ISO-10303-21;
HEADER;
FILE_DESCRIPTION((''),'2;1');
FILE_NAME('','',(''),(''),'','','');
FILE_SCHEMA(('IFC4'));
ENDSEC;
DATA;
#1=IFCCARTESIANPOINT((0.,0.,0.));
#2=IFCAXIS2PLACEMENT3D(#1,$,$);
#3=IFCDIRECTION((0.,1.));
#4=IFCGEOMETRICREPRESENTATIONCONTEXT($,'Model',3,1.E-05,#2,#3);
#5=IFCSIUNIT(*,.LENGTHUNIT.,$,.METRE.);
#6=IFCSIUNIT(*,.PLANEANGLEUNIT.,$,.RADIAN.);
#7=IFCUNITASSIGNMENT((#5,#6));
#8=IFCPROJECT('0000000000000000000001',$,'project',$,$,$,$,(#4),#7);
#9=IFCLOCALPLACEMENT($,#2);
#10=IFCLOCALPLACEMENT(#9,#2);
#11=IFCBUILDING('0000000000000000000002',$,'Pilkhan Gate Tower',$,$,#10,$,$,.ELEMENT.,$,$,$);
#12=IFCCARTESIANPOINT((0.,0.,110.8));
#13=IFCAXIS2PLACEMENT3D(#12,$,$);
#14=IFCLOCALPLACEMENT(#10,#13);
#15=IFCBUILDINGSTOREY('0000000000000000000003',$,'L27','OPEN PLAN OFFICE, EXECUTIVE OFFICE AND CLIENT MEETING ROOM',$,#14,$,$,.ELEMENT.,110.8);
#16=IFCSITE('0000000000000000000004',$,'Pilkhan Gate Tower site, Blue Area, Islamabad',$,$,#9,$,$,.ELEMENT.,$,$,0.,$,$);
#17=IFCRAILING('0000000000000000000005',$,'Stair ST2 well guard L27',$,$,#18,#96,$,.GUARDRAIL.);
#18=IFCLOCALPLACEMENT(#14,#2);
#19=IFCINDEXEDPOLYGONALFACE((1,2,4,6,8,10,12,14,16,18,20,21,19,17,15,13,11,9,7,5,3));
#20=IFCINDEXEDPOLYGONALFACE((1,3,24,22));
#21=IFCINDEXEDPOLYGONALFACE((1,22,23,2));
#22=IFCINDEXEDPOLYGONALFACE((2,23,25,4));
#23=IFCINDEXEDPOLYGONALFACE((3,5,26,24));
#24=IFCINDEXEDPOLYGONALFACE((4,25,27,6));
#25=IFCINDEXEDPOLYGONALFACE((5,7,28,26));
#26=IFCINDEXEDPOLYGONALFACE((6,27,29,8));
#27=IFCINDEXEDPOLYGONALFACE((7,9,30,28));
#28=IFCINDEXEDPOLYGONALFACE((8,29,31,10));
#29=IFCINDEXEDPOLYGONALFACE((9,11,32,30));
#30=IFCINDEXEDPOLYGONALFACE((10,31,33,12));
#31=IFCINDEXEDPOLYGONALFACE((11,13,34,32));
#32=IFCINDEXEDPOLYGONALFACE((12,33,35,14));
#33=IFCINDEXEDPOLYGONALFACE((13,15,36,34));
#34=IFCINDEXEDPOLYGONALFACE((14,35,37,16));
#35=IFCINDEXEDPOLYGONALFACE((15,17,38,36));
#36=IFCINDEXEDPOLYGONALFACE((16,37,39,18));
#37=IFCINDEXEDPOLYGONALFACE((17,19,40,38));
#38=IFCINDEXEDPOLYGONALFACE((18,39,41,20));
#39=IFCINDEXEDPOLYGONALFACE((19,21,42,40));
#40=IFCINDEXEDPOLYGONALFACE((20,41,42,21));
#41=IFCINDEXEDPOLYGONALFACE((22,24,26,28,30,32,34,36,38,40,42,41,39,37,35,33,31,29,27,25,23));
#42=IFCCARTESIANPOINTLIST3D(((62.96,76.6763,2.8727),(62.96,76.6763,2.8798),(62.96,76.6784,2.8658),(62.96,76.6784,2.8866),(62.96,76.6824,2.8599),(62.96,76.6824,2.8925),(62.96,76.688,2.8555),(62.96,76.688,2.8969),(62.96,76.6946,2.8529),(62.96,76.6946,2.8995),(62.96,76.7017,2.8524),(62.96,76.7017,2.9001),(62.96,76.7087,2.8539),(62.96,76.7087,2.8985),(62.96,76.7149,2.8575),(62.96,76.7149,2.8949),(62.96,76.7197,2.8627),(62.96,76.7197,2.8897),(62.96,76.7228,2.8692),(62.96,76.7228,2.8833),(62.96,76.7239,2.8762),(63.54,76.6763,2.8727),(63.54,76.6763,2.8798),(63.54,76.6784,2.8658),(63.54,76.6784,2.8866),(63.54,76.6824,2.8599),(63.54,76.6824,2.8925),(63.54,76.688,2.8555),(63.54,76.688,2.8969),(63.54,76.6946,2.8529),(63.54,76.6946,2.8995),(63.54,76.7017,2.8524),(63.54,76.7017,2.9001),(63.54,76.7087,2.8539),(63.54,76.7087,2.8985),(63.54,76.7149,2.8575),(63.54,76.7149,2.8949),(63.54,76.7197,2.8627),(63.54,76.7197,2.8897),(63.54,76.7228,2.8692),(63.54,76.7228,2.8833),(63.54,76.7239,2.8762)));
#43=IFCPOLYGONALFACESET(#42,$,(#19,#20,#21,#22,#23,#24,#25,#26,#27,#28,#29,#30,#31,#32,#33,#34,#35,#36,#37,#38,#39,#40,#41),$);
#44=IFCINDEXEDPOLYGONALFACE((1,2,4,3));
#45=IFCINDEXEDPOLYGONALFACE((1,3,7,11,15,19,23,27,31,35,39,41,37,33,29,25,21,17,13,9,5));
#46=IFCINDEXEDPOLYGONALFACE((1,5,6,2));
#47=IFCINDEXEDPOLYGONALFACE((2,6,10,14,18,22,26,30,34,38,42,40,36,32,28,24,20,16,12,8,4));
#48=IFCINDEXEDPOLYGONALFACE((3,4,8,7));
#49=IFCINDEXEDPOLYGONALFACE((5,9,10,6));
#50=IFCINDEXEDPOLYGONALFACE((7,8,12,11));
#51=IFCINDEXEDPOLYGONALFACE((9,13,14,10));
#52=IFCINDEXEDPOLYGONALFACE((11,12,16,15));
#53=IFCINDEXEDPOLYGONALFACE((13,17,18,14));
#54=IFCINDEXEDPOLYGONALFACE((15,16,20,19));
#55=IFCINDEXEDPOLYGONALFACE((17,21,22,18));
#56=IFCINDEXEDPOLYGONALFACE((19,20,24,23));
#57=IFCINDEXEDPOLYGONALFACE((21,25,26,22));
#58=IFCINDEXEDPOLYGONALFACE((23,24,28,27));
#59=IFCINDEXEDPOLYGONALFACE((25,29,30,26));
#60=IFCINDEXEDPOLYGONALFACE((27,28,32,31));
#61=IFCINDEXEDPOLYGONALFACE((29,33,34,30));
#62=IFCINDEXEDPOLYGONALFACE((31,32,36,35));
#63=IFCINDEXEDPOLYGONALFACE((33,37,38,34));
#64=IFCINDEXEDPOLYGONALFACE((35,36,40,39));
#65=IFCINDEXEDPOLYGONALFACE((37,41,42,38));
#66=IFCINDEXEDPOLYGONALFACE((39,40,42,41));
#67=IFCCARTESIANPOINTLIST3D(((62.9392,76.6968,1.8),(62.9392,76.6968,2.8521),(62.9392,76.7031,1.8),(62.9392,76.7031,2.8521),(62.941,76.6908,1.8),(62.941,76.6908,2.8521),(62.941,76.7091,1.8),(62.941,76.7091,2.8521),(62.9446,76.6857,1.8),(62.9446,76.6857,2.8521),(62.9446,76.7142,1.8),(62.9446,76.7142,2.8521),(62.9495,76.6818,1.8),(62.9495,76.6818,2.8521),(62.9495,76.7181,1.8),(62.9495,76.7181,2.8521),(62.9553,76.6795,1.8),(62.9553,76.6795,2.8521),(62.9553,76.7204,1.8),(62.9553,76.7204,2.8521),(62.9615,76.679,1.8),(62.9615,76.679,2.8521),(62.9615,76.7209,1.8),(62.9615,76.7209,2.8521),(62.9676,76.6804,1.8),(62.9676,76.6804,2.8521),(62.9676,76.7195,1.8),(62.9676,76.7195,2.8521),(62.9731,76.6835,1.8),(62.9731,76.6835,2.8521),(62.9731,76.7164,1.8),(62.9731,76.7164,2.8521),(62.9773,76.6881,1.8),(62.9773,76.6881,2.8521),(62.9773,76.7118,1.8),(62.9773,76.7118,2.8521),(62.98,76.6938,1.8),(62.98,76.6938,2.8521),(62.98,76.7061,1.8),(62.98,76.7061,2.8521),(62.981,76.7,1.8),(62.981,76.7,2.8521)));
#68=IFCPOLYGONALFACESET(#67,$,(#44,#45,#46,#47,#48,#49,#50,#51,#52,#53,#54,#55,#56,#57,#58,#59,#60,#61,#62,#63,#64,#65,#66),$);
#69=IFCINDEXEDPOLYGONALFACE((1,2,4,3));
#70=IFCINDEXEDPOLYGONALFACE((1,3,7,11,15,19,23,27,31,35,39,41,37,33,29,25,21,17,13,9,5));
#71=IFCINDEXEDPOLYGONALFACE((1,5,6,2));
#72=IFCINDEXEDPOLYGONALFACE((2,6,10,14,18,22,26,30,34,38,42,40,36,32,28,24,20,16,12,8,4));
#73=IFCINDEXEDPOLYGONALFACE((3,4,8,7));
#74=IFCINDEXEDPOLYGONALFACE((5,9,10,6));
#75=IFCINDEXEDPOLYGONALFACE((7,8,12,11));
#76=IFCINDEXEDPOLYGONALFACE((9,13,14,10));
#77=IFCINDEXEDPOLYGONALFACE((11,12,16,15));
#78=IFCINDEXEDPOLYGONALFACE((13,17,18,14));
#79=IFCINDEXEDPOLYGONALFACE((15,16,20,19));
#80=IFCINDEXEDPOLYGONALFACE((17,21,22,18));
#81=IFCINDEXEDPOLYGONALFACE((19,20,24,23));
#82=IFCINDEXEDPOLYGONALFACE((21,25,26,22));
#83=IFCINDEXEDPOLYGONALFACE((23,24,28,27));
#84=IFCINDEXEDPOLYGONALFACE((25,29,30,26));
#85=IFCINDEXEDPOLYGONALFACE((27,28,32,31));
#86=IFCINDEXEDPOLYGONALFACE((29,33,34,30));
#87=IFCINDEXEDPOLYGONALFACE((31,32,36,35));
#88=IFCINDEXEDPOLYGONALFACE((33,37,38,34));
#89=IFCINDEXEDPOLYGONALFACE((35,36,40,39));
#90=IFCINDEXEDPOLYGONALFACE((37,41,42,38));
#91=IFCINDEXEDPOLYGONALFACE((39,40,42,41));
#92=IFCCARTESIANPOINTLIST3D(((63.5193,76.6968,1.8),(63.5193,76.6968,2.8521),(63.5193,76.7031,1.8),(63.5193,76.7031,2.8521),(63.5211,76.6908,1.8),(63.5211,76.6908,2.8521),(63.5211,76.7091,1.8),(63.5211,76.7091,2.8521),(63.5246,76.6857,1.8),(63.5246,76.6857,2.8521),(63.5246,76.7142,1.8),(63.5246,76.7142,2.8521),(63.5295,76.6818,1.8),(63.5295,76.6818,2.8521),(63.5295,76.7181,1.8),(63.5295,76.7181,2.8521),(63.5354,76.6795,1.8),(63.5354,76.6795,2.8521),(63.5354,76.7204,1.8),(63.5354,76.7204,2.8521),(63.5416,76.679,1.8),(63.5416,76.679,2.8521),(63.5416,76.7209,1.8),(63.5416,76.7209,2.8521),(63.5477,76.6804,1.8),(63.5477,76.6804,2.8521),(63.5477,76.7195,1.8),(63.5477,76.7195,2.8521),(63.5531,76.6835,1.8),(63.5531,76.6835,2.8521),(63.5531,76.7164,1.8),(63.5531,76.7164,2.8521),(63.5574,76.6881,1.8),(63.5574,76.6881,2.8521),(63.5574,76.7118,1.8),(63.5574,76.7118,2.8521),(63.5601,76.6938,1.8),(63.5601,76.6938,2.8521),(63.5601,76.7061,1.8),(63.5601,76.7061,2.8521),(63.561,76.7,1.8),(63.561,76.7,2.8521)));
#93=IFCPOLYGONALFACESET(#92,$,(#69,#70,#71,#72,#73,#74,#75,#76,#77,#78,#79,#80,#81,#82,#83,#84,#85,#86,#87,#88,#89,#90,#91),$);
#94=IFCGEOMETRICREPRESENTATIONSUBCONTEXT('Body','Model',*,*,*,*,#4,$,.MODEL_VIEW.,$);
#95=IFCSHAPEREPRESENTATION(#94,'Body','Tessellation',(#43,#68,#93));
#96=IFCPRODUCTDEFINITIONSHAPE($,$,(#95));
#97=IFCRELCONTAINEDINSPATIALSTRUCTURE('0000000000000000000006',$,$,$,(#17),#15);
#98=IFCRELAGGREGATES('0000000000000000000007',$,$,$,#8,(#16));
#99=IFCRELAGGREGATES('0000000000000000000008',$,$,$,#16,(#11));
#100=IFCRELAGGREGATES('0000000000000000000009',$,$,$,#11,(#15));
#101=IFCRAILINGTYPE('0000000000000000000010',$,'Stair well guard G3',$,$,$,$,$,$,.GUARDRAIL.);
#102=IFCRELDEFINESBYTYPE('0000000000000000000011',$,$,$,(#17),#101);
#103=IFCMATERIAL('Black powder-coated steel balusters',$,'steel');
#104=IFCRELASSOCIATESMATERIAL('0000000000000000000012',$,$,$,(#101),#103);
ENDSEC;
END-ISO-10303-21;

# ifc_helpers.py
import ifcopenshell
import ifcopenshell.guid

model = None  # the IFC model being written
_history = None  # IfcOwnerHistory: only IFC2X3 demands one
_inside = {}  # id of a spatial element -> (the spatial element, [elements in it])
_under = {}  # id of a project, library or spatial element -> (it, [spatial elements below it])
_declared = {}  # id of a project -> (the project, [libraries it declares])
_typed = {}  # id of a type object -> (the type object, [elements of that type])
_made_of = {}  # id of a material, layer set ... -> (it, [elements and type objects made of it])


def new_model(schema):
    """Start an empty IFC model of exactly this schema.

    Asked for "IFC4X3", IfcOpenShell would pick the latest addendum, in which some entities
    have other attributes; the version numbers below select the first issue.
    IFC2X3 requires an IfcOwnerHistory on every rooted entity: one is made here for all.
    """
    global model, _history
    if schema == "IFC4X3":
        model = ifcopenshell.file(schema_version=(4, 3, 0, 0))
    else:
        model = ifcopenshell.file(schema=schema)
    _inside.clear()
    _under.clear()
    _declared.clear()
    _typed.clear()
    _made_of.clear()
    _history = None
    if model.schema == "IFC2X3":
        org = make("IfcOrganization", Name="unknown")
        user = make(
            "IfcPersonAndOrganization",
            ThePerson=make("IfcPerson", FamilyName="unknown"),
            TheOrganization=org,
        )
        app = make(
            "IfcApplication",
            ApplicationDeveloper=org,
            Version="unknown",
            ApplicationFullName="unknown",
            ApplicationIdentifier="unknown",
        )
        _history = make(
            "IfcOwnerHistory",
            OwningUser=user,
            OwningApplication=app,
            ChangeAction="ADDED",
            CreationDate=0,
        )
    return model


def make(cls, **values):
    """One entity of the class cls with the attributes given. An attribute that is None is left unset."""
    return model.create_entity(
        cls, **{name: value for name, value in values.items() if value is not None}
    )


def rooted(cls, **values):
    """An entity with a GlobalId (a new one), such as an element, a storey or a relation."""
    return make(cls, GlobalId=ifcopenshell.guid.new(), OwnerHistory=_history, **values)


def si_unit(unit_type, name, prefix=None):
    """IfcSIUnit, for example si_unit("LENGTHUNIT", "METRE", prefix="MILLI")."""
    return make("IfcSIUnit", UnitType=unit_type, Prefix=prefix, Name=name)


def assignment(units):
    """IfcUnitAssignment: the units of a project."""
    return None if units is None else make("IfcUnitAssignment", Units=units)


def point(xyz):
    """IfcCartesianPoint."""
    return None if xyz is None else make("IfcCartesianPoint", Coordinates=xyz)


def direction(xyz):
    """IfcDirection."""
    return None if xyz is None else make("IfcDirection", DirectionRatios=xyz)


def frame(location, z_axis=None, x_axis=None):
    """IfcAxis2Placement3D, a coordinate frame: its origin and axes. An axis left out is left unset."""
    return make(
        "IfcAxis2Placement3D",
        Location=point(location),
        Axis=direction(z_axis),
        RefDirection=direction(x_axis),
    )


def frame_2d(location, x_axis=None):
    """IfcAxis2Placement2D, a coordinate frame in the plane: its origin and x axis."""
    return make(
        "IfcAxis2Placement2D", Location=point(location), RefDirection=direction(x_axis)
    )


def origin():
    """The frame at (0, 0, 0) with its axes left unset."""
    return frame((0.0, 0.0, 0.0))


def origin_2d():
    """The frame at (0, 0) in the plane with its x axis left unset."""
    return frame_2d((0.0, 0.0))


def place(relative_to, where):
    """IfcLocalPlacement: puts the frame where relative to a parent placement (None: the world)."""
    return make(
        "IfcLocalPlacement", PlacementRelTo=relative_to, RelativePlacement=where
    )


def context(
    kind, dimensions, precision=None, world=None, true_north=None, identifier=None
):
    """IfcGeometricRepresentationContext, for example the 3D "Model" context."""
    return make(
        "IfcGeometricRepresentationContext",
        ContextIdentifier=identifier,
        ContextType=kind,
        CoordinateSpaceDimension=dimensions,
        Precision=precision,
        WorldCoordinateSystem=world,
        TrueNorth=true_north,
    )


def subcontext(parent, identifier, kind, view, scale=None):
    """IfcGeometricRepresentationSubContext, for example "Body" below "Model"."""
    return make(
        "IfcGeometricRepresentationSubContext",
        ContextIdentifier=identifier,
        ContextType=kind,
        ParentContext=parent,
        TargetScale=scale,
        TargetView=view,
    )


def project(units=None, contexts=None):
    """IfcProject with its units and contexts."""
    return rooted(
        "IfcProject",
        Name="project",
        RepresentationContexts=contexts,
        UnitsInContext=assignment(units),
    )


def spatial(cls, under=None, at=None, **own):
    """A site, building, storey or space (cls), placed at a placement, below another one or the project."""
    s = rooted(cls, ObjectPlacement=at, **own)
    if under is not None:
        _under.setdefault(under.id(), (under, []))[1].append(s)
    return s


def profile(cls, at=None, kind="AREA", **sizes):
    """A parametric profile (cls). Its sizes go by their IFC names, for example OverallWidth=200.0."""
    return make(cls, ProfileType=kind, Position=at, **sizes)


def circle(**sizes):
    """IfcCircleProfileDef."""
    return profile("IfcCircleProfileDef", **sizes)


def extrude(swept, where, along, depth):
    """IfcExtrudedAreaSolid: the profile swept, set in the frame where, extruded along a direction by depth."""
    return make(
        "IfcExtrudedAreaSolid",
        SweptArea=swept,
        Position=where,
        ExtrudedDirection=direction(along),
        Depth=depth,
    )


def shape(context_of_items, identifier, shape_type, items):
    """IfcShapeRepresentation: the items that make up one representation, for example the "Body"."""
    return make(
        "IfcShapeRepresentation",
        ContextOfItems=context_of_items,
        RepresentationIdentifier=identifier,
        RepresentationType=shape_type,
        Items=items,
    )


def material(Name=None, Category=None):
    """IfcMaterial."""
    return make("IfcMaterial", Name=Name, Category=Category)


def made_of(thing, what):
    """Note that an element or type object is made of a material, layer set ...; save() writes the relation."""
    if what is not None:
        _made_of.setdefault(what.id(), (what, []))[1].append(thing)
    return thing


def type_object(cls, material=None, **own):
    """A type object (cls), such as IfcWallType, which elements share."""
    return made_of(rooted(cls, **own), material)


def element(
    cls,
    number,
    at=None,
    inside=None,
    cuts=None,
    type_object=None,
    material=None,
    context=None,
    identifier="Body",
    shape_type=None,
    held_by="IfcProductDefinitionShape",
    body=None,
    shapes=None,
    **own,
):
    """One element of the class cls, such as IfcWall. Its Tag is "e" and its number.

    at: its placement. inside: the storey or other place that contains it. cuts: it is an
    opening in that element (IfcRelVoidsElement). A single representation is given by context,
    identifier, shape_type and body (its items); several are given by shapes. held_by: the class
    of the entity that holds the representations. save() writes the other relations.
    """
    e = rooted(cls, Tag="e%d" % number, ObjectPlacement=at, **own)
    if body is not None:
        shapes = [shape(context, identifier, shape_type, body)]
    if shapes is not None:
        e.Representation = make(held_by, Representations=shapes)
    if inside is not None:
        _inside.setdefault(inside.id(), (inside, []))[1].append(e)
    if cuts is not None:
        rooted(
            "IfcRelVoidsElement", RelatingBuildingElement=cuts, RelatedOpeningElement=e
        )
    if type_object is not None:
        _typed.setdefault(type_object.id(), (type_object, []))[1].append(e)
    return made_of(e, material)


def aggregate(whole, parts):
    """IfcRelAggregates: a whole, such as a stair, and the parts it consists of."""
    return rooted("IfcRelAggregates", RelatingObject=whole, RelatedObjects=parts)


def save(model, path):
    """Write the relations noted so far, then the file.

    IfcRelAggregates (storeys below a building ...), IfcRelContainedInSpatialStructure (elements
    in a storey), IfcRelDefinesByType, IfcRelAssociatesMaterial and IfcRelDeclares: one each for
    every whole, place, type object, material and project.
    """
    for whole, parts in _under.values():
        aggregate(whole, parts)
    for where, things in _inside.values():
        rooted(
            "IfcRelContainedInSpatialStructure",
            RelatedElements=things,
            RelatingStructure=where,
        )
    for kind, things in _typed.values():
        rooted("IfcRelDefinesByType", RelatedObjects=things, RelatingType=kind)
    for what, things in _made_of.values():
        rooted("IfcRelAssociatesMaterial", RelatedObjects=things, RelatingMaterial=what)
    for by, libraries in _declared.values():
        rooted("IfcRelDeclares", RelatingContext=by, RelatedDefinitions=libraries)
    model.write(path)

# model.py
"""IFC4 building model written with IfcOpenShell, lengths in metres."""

from ifc_helpers import new_model, si_unit, direction, frame, origin, origin_2d, place, context, subcontext, project, spatial, circle, extrude, material, type_object, element, save


model = new_model("IFC4")

# Units and contexts
model_context = context("Model", 3, precision=1e-05, world=origin(), true_north=direction((0.0, 1.0)))
body_context = subcontext(model_context, "Body", "Model", "MODEL_VIEW")
ifc_project = project(units=[si_unit("LENGTHUNIT", "METRE"), si_unit("PLANEANGLEUNIT", "RADIAN")], contexts=[model_context])

# Site, building, storey
site_placement = place(None, origin())
site = spatial("IfcSite", under=ifc_project, at=site_placement, Name="Pilkhan Gate Tower site, Blue Area, Islamabad", CompositionType="ELEMENT", RefElevation=0.0)
building_placement = place(site_placement, origin())
building = spatial("IfcBuilding", under=site, at=building_placement, Name="Pilkhan Gate Tower", CompositionType="ELEMENT")
storey_placement = place(building_placement, frame((0.0, 0.0, 110.8)))
storey = spatial("IfcBuildingStorey", under=building, at=storey_placement, Name="L27", Description="OPEN PLAN OFFICE, EXECUTIVE OFFICE AND CLIENT MEETING ROOM", CompositionType="ELEMENT", Elevation=110.8)

# Railing
ifc_material_1 = material(Name="Black powder-coated steel balusters", Category="steel")
railing_type_1 = type_object("IfcRailingType", Name="Stair well guard G3", PredefinedType="GUARDRAIL", material=ifc_material_1)
for number, where, name in (
    (1, (62.96, 76.7, 1.8), "Stair ST2 well guard L27"),
):
    element("IfcRailing", number, at=place(storey_placement, frame(where)), inside=storey, type_object=railing_type_1, Name=name, PredefinedType="GUARDRAIL", context=body_context, shape_type="SweptSolid", body=[
        extrude(circle(Radius=0.0239, at=origin_2d()), frame((0.0, 0.0, 1.0762), z_axis=(1.0, 0.0, 0.0), x_axis=(0.0, 1.0, 0.0)), (0.0, 0.0, 1.0), 0.5801),
        extrude(circle(Radius=0.021, at=origin_2d()), origin(), (0.0, 0.0, 1.0), 1.052),
        extrude(circle(Radius=0.021, at=origin_2d()), frame((0.5801, 0.0, 0.0)), (0.0, 0.0, 1.0), 1.052),
    ])

save(model, "model.ifc")
